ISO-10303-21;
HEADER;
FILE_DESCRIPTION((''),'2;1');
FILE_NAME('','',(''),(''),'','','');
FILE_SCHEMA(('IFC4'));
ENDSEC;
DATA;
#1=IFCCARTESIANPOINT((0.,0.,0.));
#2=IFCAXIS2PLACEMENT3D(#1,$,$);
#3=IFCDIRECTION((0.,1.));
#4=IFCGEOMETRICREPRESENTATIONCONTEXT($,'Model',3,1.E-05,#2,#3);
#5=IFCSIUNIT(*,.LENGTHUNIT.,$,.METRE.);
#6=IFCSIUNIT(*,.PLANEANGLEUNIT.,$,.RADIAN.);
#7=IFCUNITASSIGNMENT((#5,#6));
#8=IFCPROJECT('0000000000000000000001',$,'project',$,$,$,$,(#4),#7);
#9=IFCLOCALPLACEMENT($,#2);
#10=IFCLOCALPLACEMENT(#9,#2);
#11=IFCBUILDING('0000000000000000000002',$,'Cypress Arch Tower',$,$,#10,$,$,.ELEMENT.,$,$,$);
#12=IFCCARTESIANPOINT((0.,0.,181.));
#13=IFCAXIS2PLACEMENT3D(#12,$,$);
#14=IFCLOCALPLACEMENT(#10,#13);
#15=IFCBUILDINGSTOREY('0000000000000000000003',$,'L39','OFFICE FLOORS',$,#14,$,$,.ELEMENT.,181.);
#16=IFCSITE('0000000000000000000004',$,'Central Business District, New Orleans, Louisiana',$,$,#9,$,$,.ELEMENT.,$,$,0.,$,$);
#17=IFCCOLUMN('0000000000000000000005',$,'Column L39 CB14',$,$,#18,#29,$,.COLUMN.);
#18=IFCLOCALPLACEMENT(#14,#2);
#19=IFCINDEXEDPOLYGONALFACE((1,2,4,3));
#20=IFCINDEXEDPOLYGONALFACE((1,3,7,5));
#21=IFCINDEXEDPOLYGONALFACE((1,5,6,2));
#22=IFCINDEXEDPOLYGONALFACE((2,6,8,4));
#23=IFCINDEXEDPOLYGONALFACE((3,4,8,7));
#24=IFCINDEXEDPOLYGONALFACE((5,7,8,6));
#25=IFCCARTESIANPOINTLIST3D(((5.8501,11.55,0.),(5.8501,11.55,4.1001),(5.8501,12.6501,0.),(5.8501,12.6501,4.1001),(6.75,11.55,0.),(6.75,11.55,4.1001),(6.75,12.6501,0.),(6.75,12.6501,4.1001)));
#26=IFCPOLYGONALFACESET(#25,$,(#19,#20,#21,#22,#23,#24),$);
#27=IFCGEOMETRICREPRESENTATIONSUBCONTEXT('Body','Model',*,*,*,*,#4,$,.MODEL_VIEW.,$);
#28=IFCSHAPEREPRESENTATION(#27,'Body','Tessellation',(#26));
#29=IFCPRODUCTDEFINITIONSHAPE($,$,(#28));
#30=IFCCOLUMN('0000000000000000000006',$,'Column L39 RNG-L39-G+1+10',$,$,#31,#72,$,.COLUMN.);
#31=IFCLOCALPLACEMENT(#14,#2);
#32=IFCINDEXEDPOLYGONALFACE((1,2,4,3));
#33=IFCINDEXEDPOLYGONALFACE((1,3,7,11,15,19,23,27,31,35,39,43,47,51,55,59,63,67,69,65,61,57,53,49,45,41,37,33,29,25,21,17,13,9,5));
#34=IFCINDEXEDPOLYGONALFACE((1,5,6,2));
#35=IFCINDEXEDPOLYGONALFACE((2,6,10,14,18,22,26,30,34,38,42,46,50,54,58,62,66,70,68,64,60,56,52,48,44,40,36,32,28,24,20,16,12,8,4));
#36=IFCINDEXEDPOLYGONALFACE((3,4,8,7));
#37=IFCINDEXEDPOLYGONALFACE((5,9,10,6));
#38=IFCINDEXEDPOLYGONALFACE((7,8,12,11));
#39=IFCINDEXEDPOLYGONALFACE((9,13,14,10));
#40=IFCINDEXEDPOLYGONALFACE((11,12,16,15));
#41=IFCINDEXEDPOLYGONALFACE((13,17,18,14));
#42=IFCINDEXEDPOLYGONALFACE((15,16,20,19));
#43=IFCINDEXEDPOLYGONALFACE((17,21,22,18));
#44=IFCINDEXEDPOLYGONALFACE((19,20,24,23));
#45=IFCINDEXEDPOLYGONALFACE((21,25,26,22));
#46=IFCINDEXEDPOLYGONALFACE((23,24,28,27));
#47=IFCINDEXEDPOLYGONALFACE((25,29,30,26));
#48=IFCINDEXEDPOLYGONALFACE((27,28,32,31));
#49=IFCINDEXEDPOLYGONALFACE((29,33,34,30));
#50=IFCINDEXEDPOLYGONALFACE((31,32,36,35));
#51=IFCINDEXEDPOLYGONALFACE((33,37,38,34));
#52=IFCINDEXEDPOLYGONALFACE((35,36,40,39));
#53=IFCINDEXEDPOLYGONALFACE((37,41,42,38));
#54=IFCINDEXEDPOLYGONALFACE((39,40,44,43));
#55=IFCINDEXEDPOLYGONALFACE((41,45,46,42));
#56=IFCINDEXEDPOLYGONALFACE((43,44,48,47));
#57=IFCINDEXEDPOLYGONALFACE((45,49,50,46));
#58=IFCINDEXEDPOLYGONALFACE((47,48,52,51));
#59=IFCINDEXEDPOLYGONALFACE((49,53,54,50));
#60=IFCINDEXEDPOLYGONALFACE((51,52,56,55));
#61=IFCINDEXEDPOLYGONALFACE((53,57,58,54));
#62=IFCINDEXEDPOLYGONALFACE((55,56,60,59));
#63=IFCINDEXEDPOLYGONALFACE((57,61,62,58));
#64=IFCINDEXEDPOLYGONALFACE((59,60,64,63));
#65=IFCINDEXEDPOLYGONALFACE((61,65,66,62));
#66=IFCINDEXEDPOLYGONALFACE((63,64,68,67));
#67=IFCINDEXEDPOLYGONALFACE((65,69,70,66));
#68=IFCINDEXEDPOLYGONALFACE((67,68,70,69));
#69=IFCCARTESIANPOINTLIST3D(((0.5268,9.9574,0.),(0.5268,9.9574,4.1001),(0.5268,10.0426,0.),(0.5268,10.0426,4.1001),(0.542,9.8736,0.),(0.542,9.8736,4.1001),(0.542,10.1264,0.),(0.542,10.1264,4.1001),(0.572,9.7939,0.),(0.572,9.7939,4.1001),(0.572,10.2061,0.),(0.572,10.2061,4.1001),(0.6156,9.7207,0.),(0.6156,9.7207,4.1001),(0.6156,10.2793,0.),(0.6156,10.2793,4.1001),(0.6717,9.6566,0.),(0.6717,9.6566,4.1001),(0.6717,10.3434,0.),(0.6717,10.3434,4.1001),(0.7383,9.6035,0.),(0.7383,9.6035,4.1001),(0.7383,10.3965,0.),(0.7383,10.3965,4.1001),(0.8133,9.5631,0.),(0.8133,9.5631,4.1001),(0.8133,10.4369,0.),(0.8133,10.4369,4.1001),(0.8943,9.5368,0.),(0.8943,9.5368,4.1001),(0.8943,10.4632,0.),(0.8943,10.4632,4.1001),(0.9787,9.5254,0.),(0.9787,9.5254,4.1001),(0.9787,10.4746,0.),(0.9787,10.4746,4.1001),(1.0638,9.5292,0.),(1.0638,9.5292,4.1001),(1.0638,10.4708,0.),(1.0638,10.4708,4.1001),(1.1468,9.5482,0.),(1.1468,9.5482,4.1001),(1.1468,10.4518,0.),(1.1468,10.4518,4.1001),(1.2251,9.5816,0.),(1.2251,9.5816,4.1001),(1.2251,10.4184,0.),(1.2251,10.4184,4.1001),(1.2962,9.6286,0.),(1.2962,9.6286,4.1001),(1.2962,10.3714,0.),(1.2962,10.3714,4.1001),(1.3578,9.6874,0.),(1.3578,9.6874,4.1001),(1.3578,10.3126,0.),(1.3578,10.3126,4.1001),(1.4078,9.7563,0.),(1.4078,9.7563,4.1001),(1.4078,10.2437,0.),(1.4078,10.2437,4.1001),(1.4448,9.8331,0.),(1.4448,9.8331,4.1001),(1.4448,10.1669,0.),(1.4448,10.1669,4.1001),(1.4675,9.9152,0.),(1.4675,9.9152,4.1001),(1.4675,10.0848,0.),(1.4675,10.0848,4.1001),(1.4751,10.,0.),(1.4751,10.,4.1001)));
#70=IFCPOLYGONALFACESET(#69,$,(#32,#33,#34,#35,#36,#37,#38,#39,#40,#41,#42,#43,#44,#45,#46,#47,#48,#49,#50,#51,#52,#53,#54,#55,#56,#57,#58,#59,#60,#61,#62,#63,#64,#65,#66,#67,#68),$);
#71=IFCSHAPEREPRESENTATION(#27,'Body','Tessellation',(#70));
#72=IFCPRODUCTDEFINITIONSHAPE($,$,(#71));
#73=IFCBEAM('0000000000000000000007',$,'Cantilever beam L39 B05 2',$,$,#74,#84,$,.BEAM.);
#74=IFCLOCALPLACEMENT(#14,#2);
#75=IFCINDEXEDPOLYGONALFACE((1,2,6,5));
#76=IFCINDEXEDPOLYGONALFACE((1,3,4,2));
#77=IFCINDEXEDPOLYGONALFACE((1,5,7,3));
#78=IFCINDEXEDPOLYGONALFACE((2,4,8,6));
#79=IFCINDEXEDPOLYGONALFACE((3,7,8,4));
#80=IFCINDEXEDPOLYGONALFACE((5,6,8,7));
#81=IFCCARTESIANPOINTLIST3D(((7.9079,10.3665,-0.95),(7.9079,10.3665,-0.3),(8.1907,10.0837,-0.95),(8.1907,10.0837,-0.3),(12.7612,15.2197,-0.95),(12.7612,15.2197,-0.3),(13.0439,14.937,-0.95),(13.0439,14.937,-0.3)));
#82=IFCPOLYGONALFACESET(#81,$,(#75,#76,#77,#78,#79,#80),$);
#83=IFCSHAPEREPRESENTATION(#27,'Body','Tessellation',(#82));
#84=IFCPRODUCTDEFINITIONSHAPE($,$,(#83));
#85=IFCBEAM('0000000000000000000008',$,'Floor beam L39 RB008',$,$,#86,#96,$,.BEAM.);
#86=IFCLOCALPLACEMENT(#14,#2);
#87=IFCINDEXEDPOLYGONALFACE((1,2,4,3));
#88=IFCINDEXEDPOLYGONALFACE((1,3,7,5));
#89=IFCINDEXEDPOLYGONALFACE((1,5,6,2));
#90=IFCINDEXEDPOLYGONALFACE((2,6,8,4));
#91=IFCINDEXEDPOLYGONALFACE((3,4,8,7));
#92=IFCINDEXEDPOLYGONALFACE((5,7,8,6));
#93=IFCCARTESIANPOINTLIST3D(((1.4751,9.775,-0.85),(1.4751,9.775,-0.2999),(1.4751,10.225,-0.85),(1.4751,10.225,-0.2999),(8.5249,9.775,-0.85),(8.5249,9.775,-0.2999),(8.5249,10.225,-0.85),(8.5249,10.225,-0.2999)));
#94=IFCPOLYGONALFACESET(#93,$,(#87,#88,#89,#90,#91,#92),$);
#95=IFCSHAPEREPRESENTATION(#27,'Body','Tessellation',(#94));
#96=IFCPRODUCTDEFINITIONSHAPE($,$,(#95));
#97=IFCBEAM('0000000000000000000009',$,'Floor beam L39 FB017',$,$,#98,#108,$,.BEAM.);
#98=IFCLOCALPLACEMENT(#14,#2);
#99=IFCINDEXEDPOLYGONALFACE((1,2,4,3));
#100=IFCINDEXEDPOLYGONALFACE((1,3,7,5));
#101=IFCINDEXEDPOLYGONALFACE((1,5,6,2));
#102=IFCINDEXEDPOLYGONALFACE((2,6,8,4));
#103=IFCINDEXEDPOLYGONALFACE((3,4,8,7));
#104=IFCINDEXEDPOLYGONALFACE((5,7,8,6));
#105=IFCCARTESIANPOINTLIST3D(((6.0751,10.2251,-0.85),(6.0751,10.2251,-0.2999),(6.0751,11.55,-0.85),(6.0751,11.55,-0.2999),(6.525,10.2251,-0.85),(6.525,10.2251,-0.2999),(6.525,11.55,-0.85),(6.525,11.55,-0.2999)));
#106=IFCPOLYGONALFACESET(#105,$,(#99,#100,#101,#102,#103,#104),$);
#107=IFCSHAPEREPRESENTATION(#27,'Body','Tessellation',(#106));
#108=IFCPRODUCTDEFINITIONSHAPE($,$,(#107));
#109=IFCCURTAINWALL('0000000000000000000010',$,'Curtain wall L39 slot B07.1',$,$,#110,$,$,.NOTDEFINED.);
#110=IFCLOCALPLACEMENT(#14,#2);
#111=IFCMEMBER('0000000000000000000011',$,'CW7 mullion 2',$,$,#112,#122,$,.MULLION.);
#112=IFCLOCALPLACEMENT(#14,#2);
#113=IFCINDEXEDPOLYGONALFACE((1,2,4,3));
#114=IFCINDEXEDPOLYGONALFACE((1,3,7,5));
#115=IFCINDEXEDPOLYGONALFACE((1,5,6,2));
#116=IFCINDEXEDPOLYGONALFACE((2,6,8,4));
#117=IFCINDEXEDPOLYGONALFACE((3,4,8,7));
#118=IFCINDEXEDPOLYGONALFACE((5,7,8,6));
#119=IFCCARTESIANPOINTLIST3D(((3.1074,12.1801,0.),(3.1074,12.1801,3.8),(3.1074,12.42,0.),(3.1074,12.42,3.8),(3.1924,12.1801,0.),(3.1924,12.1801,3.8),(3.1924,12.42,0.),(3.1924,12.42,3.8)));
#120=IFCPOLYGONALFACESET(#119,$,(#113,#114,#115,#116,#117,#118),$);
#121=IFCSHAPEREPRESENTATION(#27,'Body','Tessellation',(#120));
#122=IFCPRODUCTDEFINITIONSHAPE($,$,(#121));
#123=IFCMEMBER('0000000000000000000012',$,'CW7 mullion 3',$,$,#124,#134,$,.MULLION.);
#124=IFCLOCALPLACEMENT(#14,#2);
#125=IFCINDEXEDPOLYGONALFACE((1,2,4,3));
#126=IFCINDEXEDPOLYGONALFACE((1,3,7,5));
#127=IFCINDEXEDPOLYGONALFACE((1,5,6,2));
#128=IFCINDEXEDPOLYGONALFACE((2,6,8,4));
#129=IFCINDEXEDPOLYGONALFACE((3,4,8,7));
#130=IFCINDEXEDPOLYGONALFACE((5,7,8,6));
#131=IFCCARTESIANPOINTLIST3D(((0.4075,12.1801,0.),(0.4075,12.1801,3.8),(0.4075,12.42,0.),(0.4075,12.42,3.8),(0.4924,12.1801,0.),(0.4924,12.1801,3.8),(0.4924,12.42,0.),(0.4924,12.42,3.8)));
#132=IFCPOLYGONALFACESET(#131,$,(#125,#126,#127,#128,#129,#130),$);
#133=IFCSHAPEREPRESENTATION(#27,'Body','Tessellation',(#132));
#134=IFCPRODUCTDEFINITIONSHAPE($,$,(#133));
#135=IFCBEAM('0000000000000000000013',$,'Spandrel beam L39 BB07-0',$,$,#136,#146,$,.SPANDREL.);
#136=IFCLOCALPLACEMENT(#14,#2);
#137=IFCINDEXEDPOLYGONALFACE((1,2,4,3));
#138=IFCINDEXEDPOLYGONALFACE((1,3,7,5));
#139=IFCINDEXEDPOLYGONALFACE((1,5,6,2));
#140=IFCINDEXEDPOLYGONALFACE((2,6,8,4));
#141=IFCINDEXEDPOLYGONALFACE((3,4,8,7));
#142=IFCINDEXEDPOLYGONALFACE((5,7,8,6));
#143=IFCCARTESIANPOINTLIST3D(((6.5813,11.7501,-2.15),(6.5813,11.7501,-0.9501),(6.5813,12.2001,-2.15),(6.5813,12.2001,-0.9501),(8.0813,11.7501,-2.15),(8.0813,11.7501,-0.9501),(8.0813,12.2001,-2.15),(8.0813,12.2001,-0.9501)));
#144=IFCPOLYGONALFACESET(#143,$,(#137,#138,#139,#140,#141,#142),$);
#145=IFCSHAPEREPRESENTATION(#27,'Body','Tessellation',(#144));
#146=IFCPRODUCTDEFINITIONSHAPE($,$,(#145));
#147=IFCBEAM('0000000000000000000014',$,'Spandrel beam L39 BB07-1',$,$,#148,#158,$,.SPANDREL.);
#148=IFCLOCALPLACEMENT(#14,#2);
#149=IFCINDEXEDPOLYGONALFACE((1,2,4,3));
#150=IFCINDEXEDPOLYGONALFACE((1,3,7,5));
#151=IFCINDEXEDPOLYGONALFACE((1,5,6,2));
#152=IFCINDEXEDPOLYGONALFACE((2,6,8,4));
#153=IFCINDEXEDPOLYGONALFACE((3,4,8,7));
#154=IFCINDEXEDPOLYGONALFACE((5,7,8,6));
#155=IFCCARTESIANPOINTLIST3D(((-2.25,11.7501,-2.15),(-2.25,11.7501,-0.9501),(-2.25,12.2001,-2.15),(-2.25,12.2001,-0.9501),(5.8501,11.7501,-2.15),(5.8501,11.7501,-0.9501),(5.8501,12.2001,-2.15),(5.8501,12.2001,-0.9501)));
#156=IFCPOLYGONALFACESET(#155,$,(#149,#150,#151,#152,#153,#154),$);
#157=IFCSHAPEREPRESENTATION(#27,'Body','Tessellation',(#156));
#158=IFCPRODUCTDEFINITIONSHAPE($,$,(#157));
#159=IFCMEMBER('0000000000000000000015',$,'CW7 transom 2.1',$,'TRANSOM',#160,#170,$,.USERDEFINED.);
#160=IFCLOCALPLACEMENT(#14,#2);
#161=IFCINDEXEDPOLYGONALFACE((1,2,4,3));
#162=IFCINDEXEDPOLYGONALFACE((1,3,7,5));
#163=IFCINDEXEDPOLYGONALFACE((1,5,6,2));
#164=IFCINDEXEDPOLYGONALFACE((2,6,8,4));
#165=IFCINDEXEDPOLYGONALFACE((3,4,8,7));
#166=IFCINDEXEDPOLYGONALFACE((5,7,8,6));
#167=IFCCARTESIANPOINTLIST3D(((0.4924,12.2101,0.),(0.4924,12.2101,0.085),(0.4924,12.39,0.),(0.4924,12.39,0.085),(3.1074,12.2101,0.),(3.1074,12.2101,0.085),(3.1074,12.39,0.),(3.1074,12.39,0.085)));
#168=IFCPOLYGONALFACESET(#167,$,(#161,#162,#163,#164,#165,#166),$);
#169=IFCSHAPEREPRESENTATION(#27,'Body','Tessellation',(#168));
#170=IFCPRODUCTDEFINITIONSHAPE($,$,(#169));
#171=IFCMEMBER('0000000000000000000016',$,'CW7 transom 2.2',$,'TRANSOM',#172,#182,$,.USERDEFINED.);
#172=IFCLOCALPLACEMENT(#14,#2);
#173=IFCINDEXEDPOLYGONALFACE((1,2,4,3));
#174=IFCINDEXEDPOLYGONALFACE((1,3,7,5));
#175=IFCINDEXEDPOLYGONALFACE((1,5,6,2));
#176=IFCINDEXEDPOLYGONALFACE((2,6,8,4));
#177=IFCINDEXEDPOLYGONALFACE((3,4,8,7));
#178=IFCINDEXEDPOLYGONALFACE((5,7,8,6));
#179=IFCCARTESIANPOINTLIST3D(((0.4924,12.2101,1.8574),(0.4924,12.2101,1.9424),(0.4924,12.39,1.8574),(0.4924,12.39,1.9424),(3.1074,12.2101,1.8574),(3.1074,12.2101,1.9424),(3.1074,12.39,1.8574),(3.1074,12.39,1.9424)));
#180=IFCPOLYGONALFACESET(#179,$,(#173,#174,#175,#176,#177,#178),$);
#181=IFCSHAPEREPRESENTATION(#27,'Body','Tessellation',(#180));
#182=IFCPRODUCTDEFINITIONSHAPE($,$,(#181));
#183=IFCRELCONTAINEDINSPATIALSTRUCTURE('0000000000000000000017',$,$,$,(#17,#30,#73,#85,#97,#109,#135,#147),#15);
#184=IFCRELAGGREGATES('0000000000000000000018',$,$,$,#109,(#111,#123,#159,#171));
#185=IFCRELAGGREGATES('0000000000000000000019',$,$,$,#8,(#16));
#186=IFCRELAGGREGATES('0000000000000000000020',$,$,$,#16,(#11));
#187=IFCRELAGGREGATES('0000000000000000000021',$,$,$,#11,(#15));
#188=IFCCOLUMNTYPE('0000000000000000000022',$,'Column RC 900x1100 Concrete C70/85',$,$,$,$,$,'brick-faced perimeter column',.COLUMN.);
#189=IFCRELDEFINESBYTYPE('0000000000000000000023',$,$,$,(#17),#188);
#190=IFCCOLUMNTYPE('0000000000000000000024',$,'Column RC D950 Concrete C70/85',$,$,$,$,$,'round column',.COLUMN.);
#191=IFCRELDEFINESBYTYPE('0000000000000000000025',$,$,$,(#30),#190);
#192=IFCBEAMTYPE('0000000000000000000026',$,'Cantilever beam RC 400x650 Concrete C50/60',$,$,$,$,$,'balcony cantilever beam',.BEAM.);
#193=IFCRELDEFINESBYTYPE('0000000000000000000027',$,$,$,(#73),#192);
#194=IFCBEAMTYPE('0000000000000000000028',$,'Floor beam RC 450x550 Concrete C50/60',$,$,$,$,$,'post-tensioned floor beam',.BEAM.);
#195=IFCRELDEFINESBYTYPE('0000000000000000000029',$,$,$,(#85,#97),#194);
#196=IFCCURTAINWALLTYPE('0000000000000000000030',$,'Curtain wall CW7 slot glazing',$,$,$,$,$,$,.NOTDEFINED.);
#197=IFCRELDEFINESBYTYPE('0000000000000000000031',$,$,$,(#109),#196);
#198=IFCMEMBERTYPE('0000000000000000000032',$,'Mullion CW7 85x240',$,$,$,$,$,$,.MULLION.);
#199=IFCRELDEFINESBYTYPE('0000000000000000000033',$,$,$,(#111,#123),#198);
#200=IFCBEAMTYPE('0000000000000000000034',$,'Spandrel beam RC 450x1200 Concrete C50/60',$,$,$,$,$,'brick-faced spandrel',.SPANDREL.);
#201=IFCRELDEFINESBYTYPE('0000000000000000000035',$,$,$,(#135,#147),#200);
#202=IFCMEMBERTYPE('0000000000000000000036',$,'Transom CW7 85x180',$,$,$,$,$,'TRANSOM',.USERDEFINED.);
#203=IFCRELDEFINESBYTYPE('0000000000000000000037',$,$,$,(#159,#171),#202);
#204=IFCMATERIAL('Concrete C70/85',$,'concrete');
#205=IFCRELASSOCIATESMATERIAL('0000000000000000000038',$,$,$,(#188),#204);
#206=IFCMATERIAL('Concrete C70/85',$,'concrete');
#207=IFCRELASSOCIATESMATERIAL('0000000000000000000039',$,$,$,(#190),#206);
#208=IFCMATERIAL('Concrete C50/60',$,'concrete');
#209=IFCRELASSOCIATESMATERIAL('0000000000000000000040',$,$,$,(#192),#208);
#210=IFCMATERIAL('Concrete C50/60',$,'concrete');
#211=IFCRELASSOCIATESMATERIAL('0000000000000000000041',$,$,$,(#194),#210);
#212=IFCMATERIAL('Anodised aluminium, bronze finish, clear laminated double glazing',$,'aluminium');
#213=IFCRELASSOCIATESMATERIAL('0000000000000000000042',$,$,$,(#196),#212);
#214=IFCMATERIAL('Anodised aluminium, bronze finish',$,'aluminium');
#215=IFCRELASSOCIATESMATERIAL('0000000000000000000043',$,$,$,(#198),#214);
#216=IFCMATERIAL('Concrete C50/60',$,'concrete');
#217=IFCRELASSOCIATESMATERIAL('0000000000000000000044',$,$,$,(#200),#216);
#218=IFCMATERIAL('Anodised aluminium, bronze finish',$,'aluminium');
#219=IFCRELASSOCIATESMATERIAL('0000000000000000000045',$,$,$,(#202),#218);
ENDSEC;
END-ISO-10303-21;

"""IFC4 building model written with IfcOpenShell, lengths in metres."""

from ifc_helpers import new_model, si_unit, direction, frame, origin, origin_2d, place, context, subcontext, project, spatial, rectangle, circle, extrude, material, material_profile, profile_set, type_object, element, aggregate, save


model = new_model("IFC4")

# Units and contexts
model_context = context("Model", 3, precision=1e-05, world=origin(), true_north=direction((0.0, 1.0)))
body_context = subcontext(model_context, "Body", "Model", "MODEL_VIEW")
ifc_project = project(units=[si_unit("LENGTHUNIT", "METRE"), si_unit("PLANEANGLEUNIT", "RADIAN")], contexts=[model_context])

# Site, building, storey
site_placement = place(None, origin())
site = spatial("IfcSite", under=ifc_project, at=site_placement, Name="Central Business District, New Orleans, Louisiana", CompositionType="ELEMENT", RefElevation=0.0)
building_placement = place(site_placement, origin())
building = spatial("IfcBuilding", under=site, at=building_placement, Name="Cypress Arch Tower", CompositionType="ELEMENT")
storey_placement = place(building_placement, frame((0.0, 0.0, 181.0)))
storey = spatial("IfcBuildingStorey", under=building, at=storey_placement, Name="L39", Description="OFFICE FLOORS", CompositionType="ELEMENT", Elevation=181.0)

# Columns
ifc_material_1 = material(Name="Concrete C70/85", Category="concrete")
ifc_material_profile_1 = material_profile(ifc_material_1, rectangle(XDim=0.8999, YDim=1.1001, at=origin_2d()), Name="RC 900x1100")
ifc_profile_set_1 = profile_set([ifc_material_profile_1], Name="Concrete C70/85")
column_type_1 = type_object("IfcColumnType", Name="Column RC 900x1100 Concrete C70/85", ElementType="brick-faced perimeter column", PredefinedType="COLUMN", material=ifc_profile_set_1)
column_1_placement = place(storey_placement, frame((6.3, 12.1001, 0.0), z_axis=(0.0, 0.0, 1.0), x_axis=(-1.0, 0.0, 0.0)))
element("IfcColumn", 1, at=column_1_placement, inside=storey, type_object=column_type_1, Name="Column L39 CB14", PredefinedType="COLUMN", context=body_context, shape_type="SweptSolid", body=[
    extrude(rectangle(XDim=0.8999, YDim=1.1001, at=origin_2d()), origin(), (0.0, 0.0, 1.0), 4.1001),
])
ifc_material_2 = material(Name="Concrete C70/85", Category="concrete")
ifc_material_profile_2 = material_profile(ifc_material_2, circle(Radius=0.4751, at=origin_2d()), Name="RC D950")
ifc_profile_set_2 = profile_set([ifc_material_profile_2], Name="Concrete C70/85")
column_type_2 = type_object("IfcColumnType", Name="Column RC D950 Concrete C70/85", ElementType="round column", PredefinedType="COLUMN", material=ifc_profile_set_2)
column_2_placement = place(storey_placement, frame((1.0, 10.0, 0.0), z_axis=(0.0, 0.0, 1.0), x_axis=(1.0, 0.0, 0.0)))
element("IfcColumn", 2, at=column_2_placement, inside=storey, type_object=column_type_2, Name="Column L39 RNG-L39-G+1+10", PredefinedType="COLUMN", context=body_context, shape_type="SweptSolid", body=[
    extrude(circle(Radius=0.4751, at=origin_2d()), origin(), (0.0, 0.0, 1.0), 4.1001),
])

# Beams
ifc_material_3 = material(Name="Concrete C50/60", Category="concrete")
ifc_material_profile_3 = material_profile(ifc_material_3, rectangle(XDim=0.3999, YDim=0.6499, at=origin_2d()), Name="RC 400x650")
ifc_profile_set_3 = profile_set([ifc_material_profile_3], Name="Concrete C50/60")
beam_type_1 = type_object("IfcBeamType", Name="Cantilever beam RC 400x650 Concrete C50/60", ElementType="balcony cantilever beam", PredefinedType="BEAM", material=ifc_profile_set_3)
beam_1_placement = place(storey_placement, frame((8.0493, 10.2251, -0.625), z_axis=(0.707107, 0.707107, 0.0), x_axis=(-0.707107, 0.707107, 0.0)))
element("IfcBeam", 3, at=beam_1_placement, inside=storey, type_object=beam_type_1, Name="Cantilever beam L39 B05 2", PredefinedType="BEAM", context=body_context, shape_type="SweptSolid", body=[
    extrude(rectangle(XDim=0.3999, YDim=0.6499, at=origin_2d()), origin(), (0.0, 0.0, 1.0), 6.8635),
])
ifc_material_4 = material(Name="Concrete C50/60", Category="concrete")
ifc_material_profile_4 = material_profile(ifc_material_4, rectangle(XDim=0.45, YDim=0.55, at=origin_2d()), Name="RC 450x550")
ifc_profile_set_4 = profile_set([ifc_material_profile_4], Name="Concrete C50/60")
beam_type_2 = type_object("IfcBeamType", Name="Floor beam RC 450x550 Concrete C50/60", ElementType="post-tensioned floor beam", PredefinedType="BEAM", material=ifc_profile_set_4)
beam_2_placement = place(storey_placement, frame((1.4751, 10.0, -0.575), z_axis=(1.0, 0.0, 0.0), x_axis=(0.0, 1.0, 0.0)))
element("IfcBeam", 4, at=beam_2_placement, inside=storey, type_object=beam_type_2, Name="Floor beam L39 RB008", PredefinedType="BEAM", context=body_context, shape_type="SweptSolid", body=[
    extrude(rectangle(XDim=0.45, YDim=0.55, at=origin_2d()), origin(), (0.0, 0.0, 1.0), 7.0498),
])
beam_3_placement = place(storey_placement, frame((6.3, 10.2251, -0.575), z_axis=(0.0, 1.0, 0.0), x_axis=(-1.0, 0.0, 0.0)))
element("IfcBeam", 5, at=beam_3_placement, inside=storey, type_object=beam_type_2, Name="Floor beam L39 FB017", PredefinedType="BEAM", context=body_context, shape_type="SweptSolid", body=[
    extrude(rectangle(XDim=0.45, YDim=0.55, at=origin_2d()), origin(), (0.0, 0.0, 1.0), 1.325),
])

# Curtain wall, members
ifc_material_5 = material(Name="Anodised aluminium, bronze finish, clear laminated double glazing", Category="aluminium")
curtain_wall_type = type_object("IfcCurtainWallType", Name="Curtain wall CW7 slot glazing", PredefinedType="NOTDEFINED", material=ifc_material_5)
curtain_wall_placement = place(storey_placement, origin())
curtain_wall = element("IfcCurtainWall", 6, at=curtain_wall_placement, inside=storey, type_object=curtain_wall_type, Name="Curtain wall L39 slot B07.1", PredefinedType="NOTDEFINED")
ifc_material_6 = material(Name="Anodised aluminium, bronze finish", Category="aluminium")
ifc_material_profile_5 = material_profile(ifc_material_6, rectangle(XDim=0.24, YDim=0.085, at=origin_2d()), Name="Mullion 85x240")
ifc_profile_set_5 = profile_set([ifc_material_profile_5], Name="Anodised aluminium, bronze finish")
member_type_1 = type_object("IfcMemberType", Name="Mullion CW7 85x240", PredefinedType="MULLION", material=ifc_profile_set_5)
member_1_placement = place(storey_placement, frame((3.1499, 12.3, 0.0), z_axis=(0.0, 0.0, 1.0), x_axis=(0.0, -1.0, 0.0)))
member_1 = element("IfcMember", 7, at=member_1_placement, type_object=member_type_1, Name="CW7 mullion 2", PredefinedType="MULLION", context=body_context, shape_type="SweptSolid", body=[
    extrude(rectangle(XDim=0.24, YDim=0.085, at=origin_2d()), origin(), (0.0, 0.0, 1.0), 3.8),
])
member_2_placement = place(storey_placement, frame((0.45, 12.3, 0.0), z_axis=(0.0, 0.0, 1.0), x_axis=(0.0, -1.0, 0.0)))
member_2 = element("IfcMember", 8, at=member_2_placement, type_object=member_type_1, Name="CW7 mullion 3", PredefinedType="MULLION", context=body_context, shape_type="SweptSolid", body=[
    extrude(rectangle(XDim=0.24, YDim=0.085, at=origin_2d()), origin(), (0.0, 0.0, 1.0), 3.8),
])

# Beams
ifc_material_7 = material(Name="Concrete C50/60", Category="concrete")
ifc_material_profile_6 = material_profile(ifc_material_7, rectangle(XDim=0.45, YDim=1.2, at=origin_2d()), Name="RC 450x1200")
ifc_profile_set_6 = profile_set([ifc_material_profile_6], Name="Concrete C50/60")
beam_type_3 = type_object("IfcBeamType", Name="Spandrel beam RC 450x1200 Concrete C50/60", ElementType="brick-faced spandrel", PredefinedType="SPANDREL", material=ifc_profile_set_6)
beam_4_placement = place(storey_placement, frame((8.0813, 11.9751, -1.55), z_axis=(-1.0, 0.0, 0.0), x_axis=(0.0, -1.0, 0.0)))
element("IfcBeam", 9, at=beam_4_placement, inside=storey, type_object=beam_type_3, Name="Spandrel beam L39 BB07-0", PredefinedType="SPANDREL", context=body_context, shape_type="SweptSolid", body=[
    extrude(rectangle(XDim=0.45, YDim=1.2, at=origin_2d()), origin(), (0.0, 0.0, 1.0), 1.5),
])
beam_5_placement = place(storey_placement, frame((5.8501, 11.9751, -1.55), z_axis=(-1.0, 0.0, 0.0), x_axis=(0.0, -1.0, 0.0)))
element("IfcBeam", 10, at=beam_5_placement, inside=storey, type_object=beam_type_3, Name="Spandrel beam L39 BB07-1", PredefinedType="SPANDREL", context=body_context, shape_type="SweptSolid", body=[
    extrude(rectangle(XDim=0.45, YDim=1.2, at=origin_2d()), origin(), (0.0, 0.0, 1.0), 8.1001),
])

# Members
ifc_material_8 = material(Name="Anodised aluminium, bronze finish", Category="aluminium")
ifc_material_profile_7 = material_profile(ifc_material_8, rectangle(XDim=0.1799, YDim=0.085, at=origin_2d()), Name="Transom 85x180")
ifc_profile_set_7 = profile_set([ifc_material_profile_7], Name="Anodised aluminium, bronze finish")
member_type_2 = type_object("IfcMemberType", Name="Transom CW7 85x180", ElementType="TRANSOM", PredefinedType="USERDEFINED", material=ifc_profile_set_7)
member_3_placement = place(storey_placement, frame((3.1074, 12.3, 0.0425), z_axis=(-1.0, 0.0, 0.0), x_axis=(0.0, -1.0, 0.0)))
member_3 = element("IfcMember", 11, at=member_3_placement, type_object=member_type_2, Name="CW7 transom 2.1", ObjectType="TRANSOM", PredefinedType="USERDEFINED", context=body_context, shape_type="SweptSolid", body=[
    extrude(rectangle(XDim=0.1799, YDim=0.085, at=origin_2d()), origin(), (0.0, 0.0, 1.0), 2.615),
])
member_4_placement = place(storey_placement, frame((3.1074, 12.3, 1.8999), z_axis=(-1.0, 0.0, 0.0), x_axis=(0.0, -1.0, 0.0)))
member_4 = element("IfcMember", 12, at=member_4_placement, type_object=member_type_2, Name="CW7 transom 2.2", ObjectType="TRANSOM", PredefinedType="USERDEFINED", context=body_context, shape_type="SweptSolid", body=[
    extrude(rectangle(XDim=0.1799, YDim=0.085, at=origin_2d()), origin(), (0.0, 0.0, 1.0), 2.615),
])

aggregate(curtain_wall, [member_1, member_2, member_3, member_4])

save(model, "model.ifc")
